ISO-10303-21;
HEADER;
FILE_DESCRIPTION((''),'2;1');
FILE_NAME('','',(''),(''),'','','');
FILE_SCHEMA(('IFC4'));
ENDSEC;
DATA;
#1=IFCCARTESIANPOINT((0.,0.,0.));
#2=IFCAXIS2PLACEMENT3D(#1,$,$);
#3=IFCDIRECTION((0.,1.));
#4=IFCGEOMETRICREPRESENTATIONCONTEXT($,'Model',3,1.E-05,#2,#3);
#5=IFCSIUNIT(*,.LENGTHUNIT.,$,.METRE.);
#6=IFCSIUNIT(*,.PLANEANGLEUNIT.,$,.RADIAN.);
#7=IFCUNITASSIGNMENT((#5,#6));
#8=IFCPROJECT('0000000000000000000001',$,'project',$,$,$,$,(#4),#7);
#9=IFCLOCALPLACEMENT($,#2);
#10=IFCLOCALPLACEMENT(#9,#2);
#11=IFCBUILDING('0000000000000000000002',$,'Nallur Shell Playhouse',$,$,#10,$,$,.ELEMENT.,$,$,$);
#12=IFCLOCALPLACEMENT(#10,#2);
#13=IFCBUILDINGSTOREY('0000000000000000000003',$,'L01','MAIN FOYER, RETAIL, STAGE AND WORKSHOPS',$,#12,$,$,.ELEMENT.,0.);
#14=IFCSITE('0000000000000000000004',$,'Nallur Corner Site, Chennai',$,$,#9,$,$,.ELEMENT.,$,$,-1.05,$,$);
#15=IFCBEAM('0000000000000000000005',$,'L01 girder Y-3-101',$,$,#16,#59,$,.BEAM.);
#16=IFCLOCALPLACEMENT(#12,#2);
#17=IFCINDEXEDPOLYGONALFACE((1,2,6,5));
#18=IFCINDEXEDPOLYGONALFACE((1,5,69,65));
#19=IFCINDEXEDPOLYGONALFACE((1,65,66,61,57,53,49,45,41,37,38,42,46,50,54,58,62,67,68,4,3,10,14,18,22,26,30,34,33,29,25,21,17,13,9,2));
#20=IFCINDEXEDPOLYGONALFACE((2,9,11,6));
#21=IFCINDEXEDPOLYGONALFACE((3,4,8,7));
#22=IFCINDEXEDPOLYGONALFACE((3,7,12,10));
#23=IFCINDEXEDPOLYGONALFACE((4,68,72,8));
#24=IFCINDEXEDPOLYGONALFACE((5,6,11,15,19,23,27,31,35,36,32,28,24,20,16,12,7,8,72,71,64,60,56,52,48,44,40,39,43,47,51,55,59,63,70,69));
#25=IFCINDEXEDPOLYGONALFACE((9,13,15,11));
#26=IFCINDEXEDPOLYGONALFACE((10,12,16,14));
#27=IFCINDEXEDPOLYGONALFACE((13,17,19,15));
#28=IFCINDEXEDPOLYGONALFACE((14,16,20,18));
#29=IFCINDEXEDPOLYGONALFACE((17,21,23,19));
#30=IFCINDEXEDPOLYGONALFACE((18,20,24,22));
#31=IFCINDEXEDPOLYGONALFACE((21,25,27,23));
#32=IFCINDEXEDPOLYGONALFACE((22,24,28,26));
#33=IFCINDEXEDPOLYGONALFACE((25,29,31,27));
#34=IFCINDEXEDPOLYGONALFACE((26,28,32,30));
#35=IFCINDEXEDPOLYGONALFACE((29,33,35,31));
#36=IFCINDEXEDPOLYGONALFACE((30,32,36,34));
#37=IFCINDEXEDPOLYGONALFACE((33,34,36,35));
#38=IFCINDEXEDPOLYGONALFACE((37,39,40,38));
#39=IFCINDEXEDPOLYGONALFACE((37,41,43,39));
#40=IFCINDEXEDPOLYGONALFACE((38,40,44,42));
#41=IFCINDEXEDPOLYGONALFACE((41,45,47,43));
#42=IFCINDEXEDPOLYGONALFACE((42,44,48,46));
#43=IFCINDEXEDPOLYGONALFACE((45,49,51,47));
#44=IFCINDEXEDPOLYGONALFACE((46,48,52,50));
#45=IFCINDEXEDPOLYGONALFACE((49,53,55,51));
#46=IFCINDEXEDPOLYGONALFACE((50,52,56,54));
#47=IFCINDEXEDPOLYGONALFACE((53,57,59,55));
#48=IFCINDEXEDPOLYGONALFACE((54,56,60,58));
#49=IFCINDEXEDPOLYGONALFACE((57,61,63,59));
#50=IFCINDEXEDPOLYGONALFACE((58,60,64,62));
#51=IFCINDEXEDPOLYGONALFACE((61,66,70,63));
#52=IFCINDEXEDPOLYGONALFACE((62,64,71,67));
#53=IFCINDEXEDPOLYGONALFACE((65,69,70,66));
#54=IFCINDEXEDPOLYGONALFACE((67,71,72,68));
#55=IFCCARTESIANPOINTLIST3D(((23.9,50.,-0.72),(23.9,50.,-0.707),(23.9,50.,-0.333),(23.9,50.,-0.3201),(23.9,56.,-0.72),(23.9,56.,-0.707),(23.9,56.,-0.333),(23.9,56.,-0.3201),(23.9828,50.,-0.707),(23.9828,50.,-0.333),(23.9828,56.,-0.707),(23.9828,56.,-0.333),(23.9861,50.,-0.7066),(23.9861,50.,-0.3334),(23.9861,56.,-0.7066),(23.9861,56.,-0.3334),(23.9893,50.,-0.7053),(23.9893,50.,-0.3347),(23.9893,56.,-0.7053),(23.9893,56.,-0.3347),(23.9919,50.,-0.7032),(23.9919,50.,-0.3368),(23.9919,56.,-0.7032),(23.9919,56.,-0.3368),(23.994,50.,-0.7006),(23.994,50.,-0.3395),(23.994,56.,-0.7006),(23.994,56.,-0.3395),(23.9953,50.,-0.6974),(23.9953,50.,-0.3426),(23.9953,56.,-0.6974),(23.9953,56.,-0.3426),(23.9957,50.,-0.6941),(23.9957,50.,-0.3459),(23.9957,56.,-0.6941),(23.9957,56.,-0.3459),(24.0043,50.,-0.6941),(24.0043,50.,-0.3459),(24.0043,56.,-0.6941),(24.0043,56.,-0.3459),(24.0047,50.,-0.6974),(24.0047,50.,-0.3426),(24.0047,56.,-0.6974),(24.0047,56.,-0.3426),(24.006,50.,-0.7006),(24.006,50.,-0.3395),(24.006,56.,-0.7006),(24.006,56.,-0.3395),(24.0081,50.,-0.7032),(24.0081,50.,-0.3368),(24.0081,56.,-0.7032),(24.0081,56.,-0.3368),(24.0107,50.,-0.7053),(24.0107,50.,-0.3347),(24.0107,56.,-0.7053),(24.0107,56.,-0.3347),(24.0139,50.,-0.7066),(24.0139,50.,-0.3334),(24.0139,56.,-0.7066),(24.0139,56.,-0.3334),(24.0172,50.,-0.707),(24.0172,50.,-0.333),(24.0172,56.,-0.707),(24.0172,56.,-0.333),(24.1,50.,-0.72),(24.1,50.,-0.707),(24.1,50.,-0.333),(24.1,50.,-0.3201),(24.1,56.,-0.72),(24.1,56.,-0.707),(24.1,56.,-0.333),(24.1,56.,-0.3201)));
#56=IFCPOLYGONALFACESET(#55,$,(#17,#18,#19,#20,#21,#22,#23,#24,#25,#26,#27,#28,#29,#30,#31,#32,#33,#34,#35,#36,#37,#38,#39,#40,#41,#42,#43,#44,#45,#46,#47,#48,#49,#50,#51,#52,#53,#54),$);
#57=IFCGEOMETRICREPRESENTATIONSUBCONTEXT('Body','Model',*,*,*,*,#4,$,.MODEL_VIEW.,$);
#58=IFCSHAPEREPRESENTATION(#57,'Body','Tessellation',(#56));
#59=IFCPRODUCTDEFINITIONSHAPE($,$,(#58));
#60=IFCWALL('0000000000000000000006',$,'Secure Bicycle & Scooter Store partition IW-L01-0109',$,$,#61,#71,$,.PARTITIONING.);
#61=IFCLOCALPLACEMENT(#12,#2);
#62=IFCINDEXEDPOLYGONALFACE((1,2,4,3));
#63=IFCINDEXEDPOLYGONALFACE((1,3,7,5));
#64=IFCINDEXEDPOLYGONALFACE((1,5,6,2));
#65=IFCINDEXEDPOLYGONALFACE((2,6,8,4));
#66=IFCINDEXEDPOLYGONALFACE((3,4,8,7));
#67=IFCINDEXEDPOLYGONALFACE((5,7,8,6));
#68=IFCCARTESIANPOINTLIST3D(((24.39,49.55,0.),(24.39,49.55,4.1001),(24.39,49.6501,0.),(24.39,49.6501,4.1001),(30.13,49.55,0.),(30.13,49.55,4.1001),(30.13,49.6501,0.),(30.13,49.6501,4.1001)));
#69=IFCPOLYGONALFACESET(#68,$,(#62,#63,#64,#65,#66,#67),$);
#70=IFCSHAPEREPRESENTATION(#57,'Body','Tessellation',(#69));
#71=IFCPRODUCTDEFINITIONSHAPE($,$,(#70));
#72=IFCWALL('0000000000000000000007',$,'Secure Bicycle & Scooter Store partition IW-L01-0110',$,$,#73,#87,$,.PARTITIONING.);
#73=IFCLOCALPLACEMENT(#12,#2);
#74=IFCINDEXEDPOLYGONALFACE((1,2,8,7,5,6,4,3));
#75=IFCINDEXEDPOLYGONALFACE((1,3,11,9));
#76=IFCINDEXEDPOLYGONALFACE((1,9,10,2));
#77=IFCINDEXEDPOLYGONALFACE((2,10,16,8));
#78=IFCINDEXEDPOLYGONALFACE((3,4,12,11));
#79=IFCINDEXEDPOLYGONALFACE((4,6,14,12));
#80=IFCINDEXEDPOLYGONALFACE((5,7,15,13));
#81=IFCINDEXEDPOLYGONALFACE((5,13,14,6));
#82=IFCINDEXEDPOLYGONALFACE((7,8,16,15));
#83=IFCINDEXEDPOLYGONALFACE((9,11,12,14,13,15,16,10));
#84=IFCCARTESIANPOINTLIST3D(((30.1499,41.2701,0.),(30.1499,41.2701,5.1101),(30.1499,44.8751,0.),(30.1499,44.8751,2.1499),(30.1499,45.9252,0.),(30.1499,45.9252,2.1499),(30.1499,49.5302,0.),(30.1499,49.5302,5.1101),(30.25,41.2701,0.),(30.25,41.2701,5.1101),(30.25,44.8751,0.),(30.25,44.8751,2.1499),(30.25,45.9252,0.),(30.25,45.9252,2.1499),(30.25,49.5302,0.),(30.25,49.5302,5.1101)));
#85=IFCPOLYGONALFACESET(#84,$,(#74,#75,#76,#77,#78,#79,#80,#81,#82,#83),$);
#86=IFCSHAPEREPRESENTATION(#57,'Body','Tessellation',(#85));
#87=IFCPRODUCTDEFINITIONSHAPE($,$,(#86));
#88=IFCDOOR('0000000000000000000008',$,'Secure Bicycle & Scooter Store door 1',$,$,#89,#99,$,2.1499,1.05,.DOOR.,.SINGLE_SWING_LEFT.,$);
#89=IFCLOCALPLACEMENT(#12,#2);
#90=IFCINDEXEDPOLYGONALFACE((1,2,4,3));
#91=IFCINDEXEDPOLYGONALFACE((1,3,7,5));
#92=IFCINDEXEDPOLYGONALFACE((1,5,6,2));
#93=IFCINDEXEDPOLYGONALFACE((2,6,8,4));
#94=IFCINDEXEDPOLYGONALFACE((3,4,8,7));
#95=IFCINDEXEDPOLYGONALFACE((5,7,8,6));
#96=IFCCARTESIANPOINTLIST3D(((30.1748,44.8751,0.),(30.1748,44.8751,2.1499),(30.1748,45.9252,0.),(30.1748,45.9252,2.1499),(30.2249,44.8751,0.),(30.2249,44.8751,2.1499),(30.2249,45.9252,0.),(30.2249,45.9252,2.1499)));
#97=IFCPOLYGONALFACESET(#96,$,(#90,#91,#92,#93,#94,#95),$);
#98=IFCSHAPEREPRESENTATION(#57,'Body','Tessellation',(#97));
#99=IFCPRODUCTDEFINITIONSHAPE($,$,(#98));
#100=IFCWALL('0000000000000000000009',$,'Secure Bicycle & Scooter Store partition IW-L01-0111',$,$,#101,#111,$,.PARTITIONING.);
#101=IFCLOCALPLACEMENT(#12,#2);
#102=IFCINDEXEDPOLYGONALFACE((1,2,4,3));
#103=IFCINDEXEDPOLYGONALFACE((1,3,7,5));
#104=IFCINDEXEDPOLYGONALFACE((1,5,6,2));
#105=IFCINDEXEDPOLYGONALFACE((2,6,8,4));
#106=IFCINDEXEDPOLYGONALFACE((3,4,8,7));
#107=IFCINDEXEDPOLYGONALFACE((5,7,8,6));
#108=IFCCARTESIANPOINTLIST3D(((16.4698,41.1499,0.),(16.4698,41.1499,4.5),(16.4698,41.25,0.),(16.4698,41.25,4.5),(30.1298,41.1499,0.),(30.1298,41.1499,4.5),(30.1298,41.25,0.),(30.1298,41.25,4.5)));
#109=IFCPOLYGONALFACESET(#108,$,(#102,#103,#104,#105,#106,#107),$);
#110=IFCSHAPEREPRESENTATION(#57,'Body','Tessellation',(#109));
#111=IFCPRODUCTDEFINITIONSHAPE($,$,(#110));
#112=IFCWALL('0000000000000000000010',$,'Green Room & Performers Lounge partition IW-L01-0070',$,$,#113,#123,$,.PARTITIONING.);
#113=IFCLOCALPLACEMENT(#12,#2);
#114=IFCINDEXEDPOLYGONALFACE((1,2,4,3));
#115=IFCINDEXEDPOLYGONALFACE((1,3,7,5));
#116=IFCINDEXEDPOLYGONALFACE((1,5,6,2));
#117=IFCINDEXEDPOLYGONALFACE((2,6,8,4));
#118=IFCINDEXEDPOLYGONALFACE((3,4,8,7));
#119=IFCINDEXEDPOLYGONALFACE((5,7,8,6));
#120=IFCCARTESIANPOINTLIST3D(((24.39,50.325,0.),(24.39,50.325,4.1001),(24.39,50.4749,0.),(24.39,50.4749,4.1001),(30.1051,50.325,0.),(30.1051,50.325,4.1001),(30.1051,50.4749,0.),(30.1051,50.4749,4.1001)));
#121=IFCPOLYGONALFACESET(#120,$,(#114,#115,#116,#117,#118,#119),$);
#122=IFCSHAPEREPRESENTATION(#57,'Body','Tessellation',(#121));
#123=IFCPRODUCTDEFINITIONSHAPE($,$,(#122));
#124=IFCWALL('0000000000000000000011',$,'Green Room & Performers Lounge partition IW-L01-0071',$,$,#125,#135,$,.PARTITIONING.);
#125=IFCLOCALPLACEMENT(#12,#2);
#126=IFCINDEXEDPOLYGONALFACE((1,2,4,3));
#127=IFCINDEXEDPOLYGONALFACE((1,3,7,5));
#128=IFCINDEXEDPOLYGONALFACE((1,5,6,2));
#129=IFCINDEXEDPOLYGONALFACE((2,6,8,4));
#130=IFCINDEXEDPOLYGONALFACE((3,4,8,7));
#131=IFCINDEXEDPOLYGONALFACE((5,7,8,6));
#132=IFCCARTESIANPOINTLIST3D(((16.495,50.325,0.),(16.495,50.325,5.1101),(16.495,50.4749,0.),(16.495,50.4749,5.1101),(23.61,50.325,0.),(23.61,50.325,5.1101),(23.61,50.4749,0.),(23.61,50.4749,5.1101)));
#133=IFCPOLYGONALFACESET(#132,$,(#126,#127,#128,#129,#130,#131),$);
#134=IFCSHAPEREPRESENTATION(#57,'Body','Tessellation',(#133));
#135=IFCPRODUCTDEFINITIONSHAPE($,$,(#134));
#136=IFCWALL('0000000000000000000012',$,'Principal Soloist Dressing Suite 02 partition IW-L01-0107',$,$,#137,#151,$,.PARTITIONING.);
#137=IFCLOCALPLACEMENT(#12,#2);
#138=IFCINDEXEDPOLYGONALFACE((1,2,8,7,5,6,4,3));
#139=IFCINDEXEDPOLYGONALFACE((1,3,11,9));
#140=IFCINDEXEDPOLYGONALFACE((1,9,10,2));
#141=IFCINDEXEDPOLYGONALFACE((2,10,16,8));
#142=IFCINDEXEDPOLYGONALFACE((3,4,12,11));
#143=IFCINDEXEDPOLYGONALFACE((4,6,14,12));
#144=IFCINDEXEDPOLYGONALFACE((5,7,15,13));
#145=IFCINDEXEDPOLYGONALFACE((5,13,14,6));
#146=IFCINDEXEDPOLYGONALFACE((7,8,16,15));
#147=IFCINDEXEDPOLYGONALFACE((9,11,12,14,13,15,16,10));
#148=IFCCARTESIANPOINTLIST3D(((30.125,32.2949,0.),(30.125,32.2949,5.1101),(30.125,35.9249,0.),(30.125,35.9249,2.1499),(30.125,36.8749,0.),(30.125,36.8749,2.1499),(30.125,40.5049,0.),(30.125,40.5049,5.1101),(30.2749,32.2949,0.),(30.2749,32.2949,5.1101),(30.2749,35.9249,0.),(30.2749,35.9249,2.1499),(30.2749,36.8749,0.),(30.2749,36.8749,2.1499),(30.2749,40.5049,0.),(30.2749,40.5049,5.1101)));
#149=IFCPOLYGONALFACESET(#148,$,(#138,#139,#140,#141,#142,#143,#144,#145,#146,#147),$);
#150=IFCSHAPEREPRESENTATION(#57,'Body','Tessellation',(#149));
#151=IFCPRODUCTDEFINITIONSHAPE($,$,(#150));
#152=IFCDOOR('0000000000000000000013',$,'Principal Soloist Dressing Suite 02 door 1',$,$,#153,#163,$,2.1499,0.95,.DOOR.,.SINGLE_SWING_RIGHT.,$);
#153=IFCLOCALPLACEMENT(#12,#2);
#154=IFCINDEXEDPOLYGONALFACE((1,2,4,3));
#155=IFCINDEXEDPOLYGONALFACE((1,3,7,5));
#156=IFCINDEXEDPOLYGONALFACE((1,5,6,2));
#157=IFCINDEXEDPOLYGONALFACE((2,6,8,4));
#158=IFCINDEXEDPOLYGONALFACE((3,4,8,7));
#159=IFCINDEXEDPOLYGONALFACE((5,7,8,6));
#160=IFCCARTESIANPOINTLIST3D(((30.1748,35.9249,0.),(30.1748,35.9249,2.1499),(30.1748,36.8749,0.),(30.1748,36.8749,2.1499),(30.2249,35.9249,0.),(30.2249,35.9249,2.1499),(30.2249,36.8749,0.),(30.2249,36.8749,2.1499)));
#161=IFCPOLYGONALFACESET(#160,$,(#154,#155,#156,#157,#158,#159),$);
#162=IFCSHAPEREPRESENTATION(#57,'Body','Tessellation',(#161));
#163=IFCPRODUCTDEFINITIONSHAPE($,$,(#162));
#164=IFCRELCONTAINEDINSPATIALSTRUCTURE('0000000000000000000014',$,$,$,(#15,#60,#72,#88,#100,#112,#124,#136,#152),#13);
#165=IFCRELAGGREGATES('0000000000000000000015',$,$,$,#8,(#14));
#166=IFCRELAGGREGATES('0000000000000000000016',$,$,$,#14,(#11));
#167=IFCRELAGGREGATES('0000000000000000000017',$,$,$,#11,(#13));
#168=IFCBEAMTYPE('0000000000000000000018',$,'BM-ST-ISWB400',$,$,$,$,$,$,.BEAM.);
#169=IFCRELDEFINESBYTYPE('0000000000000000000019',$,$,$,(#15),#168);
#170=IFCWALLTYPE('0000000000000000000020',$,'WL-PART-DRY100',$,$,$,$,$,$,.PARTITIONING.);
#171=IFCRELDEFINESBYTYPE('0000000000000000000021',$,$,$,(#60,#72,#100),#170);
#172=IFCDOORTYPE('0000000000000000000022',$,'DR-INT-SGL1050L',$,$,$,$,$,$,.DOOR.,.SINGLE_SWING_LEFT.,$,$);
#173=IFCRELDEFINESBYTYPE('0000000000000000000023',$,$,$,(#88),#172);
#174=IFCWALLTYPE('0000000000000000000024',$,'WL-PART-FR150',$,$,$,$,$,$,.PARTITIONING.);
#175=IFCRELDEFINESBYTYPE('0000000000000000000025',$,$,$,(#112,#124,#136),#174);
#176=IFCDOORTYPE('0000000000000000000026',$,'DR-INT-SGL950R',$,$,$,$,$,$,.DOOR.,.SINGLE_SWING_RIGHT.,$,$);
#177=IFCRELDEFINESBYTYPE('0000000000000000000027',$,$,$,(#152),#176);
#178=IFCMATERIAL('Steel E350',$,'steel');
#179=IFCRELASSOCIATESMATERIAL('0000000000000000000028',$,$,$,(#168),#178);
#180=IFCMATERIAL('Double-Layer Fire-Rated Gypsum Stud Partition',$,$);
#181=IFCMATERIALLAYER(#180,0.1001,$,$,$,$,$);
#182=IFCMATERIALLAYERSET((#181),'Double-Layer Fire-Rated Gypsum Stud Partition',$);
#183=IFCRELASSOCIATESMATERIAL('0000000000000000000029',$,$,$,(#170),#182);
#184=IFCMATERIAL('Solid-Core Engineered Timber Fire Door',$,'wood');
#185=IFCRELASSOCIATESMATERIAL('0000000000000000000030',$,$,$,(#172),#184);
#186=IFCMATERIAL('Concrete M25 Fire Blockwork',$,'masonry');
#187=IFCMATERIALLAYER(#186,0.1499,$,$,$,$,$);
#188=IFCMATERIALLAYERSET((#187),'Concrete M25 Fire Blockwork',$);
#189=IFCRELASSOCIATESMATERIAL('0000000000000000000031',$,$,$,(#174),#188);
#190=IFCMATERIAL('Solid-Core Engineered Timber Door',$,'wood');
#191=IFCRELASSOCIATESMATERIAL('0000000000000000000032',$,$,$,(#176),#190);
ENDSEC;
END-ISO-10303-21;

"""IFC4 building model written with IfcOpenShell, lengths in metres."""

from ifc_helpers import new_model, si_unit, direction, frame, frame_2d, origin, origin_2d, place, context, subcontext, project, spatial, rectangle, i_section, extrude, material, layer, layer_set, material_profile, profile_set, type_object, element, fill, save


model = new_model("IFC4")

# Units and contexts
model_context = context("Model", 3, precision=1e-05, world=origin(), true_north=direction((0.0, 1.0)))
body_context = subcontext(model_context, "Body", "Model", "MODEL_VIEW")
ifc_project = project(units=[si_unit("LENGTHUNIT", "METRE"), si_unit("PLANEANGLEUNIT", "RADIAN")], contexts=[model_context])

# Site, building, storey
site_placement = place(None, origin())
site = spatial("IfcSite", under=ifc_project, at=site_placement, Name="Nallur Corner Site, Chennai", CompositionType="ELEMENT", RefElevation=-1.05)
building_placement = place(site_placement, origin())
building = spatial("IfcBuilding", under=site, at=building_placement, Name="Nallur Shell Playhouse", CompositionType="ELEMENT")
storey_placement = place(building_placement, origin())
storey = spatial("IfcBuildingStorey", under=building, at=storey_placement, Name="L01", Description="MAIN FOYER, RETAIL, STAGE AND WORKSHOPS", CompositionType="ELEMENT", Elevation=0.0)

# Beam
ifc_material_1 = material(Name="Steel E350", Category="steel")
ifc_material_profile_1 = material_profile(ifc_material_1, i_section(OverallWidth=0.2, OverallDepth=0.3999, WebThickness=0.0085, FlangeThickness=0.0129, FilletRadius=0.0129, at=origin_2d()), Name="ISWB 400")
ifc_profile_set_1 = profile_set([ifc_material_profile_1], Name="Steel E350")
beam_type_1 = type_object("IfcBeamType", Name="BM-ST-ISWB400", PredefinedType="BEAM", material=ifc_profile_set_1)
beam_1_placement = place(storey_placement, frame((24.0, 50.0, -0.52), z_axis=(0.0, 1.0, 0.0), x_axis=(-1.0, 0.0, 0.0)))
element("IfcBeam", 1, at=beam_1_placement, inside=storey, type_object=beam_type_1, Name="L01 girder Y-3-101", PredefinedType="BEAM", context=body_context, shape_type="SweptSolid", body=[
    extrude(i_section(OverallWidth=0.2, OverallDepth=0.3999, WebThickness=0.0085, FlangeThickness=0.0129, FilletRadius=0.0129, at=origin_2d()), origin(), (0.0, 0.0, 1.0), 6.0),
])

# Wall
ifc_material_2 = material(Name="Double-Layer Fire-Rated Gypsum Stud Partition")
ifc_layer_1 = layer(ifc_material_2, 0.1001)
ifc_layer_set_1 = layer_set([ifc_layer_1], Name="Double-Layer Fire-Rated Gypsum Stud Partition")
wall_type_1 = type_object("IfcWallType", Name="WL-PART-DRY100", PredefinedType="PARTITIONING", material=ifc_layer_set_1)
wall_1_placement = place(storey_placement, frame((24.3899, 49.6001, 0.0), z_axis=(0.0, 0.0, 1.0), x_axis=(1.0, 0.0, 0.0)))
element("IfcWall", 2, at=wall_1_placement, inside=storey, type_object=wall_type_1, Name="Secure Bicycle & Scooter Store partition IW-L01-0109", PredefinedType="PARTITIONING", context=body_context, shape_type="SweptSolid", body=[
    extrude(rectangle(XDim=5.74, YDim=0.1001, at=frame_2d((2.8701, 0.0))), origin(), (0.0, 0.0, 1.0), 4.1001),
])

# Wall, opening, door
wall_2_placement = place(storey_placement, frame((30.2, 49.53, 0.0), z_axis=(0.0, 0.0, 1.0), x_axis=(0.0, -1.0, 0.0)))
wall_2 = element("IfcWall", 3, at=wall_2_placement, inside=storey, type_object=wall_type_1, Name="Secure Bicycle & Scooter Store partition IW-L01-0110", PredefinedType="PARTITIONING", context=body_context, shape_type="SweptSolid", body=[
    extrude(rectangle(XDim=8.26, YDim=0.1001, at=frame_2d((4.1299, 0.0))), origin(), (0.0, 0.0, 1.0), 5.1101),
])
opening_1_placement = place(wall_2_placement, frame((3.605, 0.0, 0.0)))
opening_1 = element("IfcOpeningElement", 4, at=opening_1_placement, cuts=wall_2, PredefinedType="OPENING", context=body_context, shape_type="SweptSolid", body=[
    extrude(rectangle(XDim=1.05, YDim=2.1499, at=frame_2d((0.5249, 1.075))), frame((0.0, 0.0601, 0.0), z_axis=(0.0, -1.0, 0.0), x_axis=(1.0, 0.0, 0.0)), (0.0, 0.0, 1.0), 0.1201),
])
ifc_material_3 = material(Name="Solid-Core Engineered Timber Fire Door", Category="wood")
door_type_1 = type_object("IfcDoorType", Name="DR-INT-SGL1050L", OperationType="SINGLE_SWING_LEFT", PredefinedType="DOOR", material=ifc_material_3)
door_1_placement = place(opening_1_placement, origin())
door_1 = element("IfcDoor", 5, at=door_1_placement, inside=storey, type_object=door_type_1, Name="Secure Bicycle & Scooter Store door 1", OperationType="SINGLE_SWING_LEFT", OverallHeight=2.1499, OverallWidth=1.05, PredefinedType="DOOR", context=body_context, shape_type="SweptSolid", body=[
    extrude(rectangle(XDim=1.05, YDim=2.1499, at=frame_2d((0.5249, 1.075))), frame((0.0, 0.0249, 0.0), z_axis=(0.0, -1.0, 0.0), x_axis=(1.0, 0.0, 0.0)), (0.0, 0.0, 1.0), 0.05),
])
fill(opening_1, door_1)

# Walls
wall_3_placement = place(storey_placement, frame((30.1299, 41.2, 0.0), z_axis=(0.0, 0.0, 1.0), x_axis=(-1.0, 0.0, 0.0)))
element("IfcWall", 6, at=wall_3_placement, inside=storey, type_object=wall_type_1, Name="Secure Bicycle & Scooter Store partition IW-L01-0111", PredefinedType="PARTITIONING", context=body_context, shape_type="SweptSolid", body=[
    extrude(rectangle(XDim=13.6599, YDim=0.1001, at=frame_2d((6.8301, 0.0))), origin(), (0.0, 0.0, 1.0), 4.5),
])
ifc_material_4 = material(Name="Concrete M25 Fire Blockwork", Category="masonry")
ifc_layer_2 = layer(ifc_material_4, 0.1499)
ifc_layer_set_2 = layer_set([ifc_layer_2], Name="Concrete M25 Fire Blockwork")
wall_type_2 = type_object("IfcWallType", Name="WL-PART-FR150", PredefinedType="PARTITIONING", material=ifc_layer_set_2)
wall_4_placement = place(storey_placement, frame((30.105, 50.3999, 0.0), z_axis=(0.0, 0.0, 1.0), x_axis=(-1.0, 0.0, 0.0)))
element("IfcWall", 7, at=wall_4_placement, inside=storey, type_object=wall_type_2, Name="Green Room & Performers Lounge partition IW-L01-0070", PredefinedType="PARTITIONING", context=body_context, shape_type="SweptSolid", body=[
    extrude(rectangle(XDim=5.7151, YDim=0.1499, at=frame_2d((2.8574, 0.0))), origin(), (0.0, 0.0, 1.0), 4.1001),
])
wall_5_placement = place(storey_placement, frame((23.6101, 50.3999, 0.0), z_axis=(0.0, 0.0, 1.0), x_axis=(-1.0, 0.0, 0.0)))
element("IfcWall", 8, at=wall_5_placement, inside=storey, type_object=wall_type_2, Name="Green Room & Performers Lounge partition IW-L01-0071", PredefinedType="PARTITIONING", context=body_context, shape_type="SweptSolid", body=[
    extrude(rectangle(XDim=7.115, YDim=0.1499, at=frame_2d((3.5576, 0.0))), origin(), (0.0, 0.0, 1.0), 5.1101),
])

# Wall, opening, door
wall_6_placement = place(storey_placement, frame((30.2, 40.5049, 0.0), z_axis=(0.0, 0.0, 1.0), x_axis=(0.0, -1.0, 0.0)))
wall_6 = element("IfcWall", 9, at=wall_6_placement, inside=storey, type_object=wall_type_2, Name="Principal Soloist Dressing Suite 02 partition IW-L01-0107", PredefinedType="PARTITIONING", context=body_context, shape_type="SweptSolid", body=[
    extrude(rectangle(XDim=8.21, YDim=0.1499, at=frame_2d((4.105, 0.0))), origin(), (0.0, 0.0, 1.0), 5.1101),
])
opening_2_placement = place(wall_6_placement, frame((3.6299, 0.0, 0.0)))
opening_2 = element("IfcOpeningElement", 10, at=opening_2_placement, cuts=wall_6, PredefinedType="OPENING", context=body_context, shape_type="SweptSolid", body=[
    extrude(rectangle(XDim=0.95, YDim=2.1499, at=frame_2d((0.4751, 1.075))), frame((0.0, 0.085, 0.0), z_axis=(0.0, -1.0, 0.0), x_axis=(1.0, 0.0, 0.0)), (0.0, 0.0, 1.0), 0.1699),
])
ifc_material_5 = material(Name="Solid-Core Engineered Timber Door", Category="wood")
door_type_2 = type_object("IfcDoorType", Name="DR-INT-SGL950R", OperationType="SINGLE_SWING_RIGHT", PredefinedType="DOOR", material=ifc_material_5)
door_2_placement = place(opening_2_placement, origin())
door_2 = element("IfcDoor", 11, at=door_2_placement, inside=storey, type_object=door_type_2, Name="Principal Soloist Dressing Suite 02 door 1", OperationType="SINGLE_SWING_RIGHT", OverallHeight=2.1499, OverallWidth=0.95, PredefinedType="DOOR", context=body_context, shape_type="SweptSolid", body=[
    extrude(rectangle(XDim=0.95, YDim=2.1499, at=frame_2d((0.4751, 1.075))), frame((0.0, 0.0249, 0.0), z_axis=(0.0, -1.0, 0.0), x_axis=(1.0, 0.0, 0.0)), (0.0, 0.0, 1.0), 0.05),
])
fill(opening_2, door_2)

save(model, "model.ifc")
